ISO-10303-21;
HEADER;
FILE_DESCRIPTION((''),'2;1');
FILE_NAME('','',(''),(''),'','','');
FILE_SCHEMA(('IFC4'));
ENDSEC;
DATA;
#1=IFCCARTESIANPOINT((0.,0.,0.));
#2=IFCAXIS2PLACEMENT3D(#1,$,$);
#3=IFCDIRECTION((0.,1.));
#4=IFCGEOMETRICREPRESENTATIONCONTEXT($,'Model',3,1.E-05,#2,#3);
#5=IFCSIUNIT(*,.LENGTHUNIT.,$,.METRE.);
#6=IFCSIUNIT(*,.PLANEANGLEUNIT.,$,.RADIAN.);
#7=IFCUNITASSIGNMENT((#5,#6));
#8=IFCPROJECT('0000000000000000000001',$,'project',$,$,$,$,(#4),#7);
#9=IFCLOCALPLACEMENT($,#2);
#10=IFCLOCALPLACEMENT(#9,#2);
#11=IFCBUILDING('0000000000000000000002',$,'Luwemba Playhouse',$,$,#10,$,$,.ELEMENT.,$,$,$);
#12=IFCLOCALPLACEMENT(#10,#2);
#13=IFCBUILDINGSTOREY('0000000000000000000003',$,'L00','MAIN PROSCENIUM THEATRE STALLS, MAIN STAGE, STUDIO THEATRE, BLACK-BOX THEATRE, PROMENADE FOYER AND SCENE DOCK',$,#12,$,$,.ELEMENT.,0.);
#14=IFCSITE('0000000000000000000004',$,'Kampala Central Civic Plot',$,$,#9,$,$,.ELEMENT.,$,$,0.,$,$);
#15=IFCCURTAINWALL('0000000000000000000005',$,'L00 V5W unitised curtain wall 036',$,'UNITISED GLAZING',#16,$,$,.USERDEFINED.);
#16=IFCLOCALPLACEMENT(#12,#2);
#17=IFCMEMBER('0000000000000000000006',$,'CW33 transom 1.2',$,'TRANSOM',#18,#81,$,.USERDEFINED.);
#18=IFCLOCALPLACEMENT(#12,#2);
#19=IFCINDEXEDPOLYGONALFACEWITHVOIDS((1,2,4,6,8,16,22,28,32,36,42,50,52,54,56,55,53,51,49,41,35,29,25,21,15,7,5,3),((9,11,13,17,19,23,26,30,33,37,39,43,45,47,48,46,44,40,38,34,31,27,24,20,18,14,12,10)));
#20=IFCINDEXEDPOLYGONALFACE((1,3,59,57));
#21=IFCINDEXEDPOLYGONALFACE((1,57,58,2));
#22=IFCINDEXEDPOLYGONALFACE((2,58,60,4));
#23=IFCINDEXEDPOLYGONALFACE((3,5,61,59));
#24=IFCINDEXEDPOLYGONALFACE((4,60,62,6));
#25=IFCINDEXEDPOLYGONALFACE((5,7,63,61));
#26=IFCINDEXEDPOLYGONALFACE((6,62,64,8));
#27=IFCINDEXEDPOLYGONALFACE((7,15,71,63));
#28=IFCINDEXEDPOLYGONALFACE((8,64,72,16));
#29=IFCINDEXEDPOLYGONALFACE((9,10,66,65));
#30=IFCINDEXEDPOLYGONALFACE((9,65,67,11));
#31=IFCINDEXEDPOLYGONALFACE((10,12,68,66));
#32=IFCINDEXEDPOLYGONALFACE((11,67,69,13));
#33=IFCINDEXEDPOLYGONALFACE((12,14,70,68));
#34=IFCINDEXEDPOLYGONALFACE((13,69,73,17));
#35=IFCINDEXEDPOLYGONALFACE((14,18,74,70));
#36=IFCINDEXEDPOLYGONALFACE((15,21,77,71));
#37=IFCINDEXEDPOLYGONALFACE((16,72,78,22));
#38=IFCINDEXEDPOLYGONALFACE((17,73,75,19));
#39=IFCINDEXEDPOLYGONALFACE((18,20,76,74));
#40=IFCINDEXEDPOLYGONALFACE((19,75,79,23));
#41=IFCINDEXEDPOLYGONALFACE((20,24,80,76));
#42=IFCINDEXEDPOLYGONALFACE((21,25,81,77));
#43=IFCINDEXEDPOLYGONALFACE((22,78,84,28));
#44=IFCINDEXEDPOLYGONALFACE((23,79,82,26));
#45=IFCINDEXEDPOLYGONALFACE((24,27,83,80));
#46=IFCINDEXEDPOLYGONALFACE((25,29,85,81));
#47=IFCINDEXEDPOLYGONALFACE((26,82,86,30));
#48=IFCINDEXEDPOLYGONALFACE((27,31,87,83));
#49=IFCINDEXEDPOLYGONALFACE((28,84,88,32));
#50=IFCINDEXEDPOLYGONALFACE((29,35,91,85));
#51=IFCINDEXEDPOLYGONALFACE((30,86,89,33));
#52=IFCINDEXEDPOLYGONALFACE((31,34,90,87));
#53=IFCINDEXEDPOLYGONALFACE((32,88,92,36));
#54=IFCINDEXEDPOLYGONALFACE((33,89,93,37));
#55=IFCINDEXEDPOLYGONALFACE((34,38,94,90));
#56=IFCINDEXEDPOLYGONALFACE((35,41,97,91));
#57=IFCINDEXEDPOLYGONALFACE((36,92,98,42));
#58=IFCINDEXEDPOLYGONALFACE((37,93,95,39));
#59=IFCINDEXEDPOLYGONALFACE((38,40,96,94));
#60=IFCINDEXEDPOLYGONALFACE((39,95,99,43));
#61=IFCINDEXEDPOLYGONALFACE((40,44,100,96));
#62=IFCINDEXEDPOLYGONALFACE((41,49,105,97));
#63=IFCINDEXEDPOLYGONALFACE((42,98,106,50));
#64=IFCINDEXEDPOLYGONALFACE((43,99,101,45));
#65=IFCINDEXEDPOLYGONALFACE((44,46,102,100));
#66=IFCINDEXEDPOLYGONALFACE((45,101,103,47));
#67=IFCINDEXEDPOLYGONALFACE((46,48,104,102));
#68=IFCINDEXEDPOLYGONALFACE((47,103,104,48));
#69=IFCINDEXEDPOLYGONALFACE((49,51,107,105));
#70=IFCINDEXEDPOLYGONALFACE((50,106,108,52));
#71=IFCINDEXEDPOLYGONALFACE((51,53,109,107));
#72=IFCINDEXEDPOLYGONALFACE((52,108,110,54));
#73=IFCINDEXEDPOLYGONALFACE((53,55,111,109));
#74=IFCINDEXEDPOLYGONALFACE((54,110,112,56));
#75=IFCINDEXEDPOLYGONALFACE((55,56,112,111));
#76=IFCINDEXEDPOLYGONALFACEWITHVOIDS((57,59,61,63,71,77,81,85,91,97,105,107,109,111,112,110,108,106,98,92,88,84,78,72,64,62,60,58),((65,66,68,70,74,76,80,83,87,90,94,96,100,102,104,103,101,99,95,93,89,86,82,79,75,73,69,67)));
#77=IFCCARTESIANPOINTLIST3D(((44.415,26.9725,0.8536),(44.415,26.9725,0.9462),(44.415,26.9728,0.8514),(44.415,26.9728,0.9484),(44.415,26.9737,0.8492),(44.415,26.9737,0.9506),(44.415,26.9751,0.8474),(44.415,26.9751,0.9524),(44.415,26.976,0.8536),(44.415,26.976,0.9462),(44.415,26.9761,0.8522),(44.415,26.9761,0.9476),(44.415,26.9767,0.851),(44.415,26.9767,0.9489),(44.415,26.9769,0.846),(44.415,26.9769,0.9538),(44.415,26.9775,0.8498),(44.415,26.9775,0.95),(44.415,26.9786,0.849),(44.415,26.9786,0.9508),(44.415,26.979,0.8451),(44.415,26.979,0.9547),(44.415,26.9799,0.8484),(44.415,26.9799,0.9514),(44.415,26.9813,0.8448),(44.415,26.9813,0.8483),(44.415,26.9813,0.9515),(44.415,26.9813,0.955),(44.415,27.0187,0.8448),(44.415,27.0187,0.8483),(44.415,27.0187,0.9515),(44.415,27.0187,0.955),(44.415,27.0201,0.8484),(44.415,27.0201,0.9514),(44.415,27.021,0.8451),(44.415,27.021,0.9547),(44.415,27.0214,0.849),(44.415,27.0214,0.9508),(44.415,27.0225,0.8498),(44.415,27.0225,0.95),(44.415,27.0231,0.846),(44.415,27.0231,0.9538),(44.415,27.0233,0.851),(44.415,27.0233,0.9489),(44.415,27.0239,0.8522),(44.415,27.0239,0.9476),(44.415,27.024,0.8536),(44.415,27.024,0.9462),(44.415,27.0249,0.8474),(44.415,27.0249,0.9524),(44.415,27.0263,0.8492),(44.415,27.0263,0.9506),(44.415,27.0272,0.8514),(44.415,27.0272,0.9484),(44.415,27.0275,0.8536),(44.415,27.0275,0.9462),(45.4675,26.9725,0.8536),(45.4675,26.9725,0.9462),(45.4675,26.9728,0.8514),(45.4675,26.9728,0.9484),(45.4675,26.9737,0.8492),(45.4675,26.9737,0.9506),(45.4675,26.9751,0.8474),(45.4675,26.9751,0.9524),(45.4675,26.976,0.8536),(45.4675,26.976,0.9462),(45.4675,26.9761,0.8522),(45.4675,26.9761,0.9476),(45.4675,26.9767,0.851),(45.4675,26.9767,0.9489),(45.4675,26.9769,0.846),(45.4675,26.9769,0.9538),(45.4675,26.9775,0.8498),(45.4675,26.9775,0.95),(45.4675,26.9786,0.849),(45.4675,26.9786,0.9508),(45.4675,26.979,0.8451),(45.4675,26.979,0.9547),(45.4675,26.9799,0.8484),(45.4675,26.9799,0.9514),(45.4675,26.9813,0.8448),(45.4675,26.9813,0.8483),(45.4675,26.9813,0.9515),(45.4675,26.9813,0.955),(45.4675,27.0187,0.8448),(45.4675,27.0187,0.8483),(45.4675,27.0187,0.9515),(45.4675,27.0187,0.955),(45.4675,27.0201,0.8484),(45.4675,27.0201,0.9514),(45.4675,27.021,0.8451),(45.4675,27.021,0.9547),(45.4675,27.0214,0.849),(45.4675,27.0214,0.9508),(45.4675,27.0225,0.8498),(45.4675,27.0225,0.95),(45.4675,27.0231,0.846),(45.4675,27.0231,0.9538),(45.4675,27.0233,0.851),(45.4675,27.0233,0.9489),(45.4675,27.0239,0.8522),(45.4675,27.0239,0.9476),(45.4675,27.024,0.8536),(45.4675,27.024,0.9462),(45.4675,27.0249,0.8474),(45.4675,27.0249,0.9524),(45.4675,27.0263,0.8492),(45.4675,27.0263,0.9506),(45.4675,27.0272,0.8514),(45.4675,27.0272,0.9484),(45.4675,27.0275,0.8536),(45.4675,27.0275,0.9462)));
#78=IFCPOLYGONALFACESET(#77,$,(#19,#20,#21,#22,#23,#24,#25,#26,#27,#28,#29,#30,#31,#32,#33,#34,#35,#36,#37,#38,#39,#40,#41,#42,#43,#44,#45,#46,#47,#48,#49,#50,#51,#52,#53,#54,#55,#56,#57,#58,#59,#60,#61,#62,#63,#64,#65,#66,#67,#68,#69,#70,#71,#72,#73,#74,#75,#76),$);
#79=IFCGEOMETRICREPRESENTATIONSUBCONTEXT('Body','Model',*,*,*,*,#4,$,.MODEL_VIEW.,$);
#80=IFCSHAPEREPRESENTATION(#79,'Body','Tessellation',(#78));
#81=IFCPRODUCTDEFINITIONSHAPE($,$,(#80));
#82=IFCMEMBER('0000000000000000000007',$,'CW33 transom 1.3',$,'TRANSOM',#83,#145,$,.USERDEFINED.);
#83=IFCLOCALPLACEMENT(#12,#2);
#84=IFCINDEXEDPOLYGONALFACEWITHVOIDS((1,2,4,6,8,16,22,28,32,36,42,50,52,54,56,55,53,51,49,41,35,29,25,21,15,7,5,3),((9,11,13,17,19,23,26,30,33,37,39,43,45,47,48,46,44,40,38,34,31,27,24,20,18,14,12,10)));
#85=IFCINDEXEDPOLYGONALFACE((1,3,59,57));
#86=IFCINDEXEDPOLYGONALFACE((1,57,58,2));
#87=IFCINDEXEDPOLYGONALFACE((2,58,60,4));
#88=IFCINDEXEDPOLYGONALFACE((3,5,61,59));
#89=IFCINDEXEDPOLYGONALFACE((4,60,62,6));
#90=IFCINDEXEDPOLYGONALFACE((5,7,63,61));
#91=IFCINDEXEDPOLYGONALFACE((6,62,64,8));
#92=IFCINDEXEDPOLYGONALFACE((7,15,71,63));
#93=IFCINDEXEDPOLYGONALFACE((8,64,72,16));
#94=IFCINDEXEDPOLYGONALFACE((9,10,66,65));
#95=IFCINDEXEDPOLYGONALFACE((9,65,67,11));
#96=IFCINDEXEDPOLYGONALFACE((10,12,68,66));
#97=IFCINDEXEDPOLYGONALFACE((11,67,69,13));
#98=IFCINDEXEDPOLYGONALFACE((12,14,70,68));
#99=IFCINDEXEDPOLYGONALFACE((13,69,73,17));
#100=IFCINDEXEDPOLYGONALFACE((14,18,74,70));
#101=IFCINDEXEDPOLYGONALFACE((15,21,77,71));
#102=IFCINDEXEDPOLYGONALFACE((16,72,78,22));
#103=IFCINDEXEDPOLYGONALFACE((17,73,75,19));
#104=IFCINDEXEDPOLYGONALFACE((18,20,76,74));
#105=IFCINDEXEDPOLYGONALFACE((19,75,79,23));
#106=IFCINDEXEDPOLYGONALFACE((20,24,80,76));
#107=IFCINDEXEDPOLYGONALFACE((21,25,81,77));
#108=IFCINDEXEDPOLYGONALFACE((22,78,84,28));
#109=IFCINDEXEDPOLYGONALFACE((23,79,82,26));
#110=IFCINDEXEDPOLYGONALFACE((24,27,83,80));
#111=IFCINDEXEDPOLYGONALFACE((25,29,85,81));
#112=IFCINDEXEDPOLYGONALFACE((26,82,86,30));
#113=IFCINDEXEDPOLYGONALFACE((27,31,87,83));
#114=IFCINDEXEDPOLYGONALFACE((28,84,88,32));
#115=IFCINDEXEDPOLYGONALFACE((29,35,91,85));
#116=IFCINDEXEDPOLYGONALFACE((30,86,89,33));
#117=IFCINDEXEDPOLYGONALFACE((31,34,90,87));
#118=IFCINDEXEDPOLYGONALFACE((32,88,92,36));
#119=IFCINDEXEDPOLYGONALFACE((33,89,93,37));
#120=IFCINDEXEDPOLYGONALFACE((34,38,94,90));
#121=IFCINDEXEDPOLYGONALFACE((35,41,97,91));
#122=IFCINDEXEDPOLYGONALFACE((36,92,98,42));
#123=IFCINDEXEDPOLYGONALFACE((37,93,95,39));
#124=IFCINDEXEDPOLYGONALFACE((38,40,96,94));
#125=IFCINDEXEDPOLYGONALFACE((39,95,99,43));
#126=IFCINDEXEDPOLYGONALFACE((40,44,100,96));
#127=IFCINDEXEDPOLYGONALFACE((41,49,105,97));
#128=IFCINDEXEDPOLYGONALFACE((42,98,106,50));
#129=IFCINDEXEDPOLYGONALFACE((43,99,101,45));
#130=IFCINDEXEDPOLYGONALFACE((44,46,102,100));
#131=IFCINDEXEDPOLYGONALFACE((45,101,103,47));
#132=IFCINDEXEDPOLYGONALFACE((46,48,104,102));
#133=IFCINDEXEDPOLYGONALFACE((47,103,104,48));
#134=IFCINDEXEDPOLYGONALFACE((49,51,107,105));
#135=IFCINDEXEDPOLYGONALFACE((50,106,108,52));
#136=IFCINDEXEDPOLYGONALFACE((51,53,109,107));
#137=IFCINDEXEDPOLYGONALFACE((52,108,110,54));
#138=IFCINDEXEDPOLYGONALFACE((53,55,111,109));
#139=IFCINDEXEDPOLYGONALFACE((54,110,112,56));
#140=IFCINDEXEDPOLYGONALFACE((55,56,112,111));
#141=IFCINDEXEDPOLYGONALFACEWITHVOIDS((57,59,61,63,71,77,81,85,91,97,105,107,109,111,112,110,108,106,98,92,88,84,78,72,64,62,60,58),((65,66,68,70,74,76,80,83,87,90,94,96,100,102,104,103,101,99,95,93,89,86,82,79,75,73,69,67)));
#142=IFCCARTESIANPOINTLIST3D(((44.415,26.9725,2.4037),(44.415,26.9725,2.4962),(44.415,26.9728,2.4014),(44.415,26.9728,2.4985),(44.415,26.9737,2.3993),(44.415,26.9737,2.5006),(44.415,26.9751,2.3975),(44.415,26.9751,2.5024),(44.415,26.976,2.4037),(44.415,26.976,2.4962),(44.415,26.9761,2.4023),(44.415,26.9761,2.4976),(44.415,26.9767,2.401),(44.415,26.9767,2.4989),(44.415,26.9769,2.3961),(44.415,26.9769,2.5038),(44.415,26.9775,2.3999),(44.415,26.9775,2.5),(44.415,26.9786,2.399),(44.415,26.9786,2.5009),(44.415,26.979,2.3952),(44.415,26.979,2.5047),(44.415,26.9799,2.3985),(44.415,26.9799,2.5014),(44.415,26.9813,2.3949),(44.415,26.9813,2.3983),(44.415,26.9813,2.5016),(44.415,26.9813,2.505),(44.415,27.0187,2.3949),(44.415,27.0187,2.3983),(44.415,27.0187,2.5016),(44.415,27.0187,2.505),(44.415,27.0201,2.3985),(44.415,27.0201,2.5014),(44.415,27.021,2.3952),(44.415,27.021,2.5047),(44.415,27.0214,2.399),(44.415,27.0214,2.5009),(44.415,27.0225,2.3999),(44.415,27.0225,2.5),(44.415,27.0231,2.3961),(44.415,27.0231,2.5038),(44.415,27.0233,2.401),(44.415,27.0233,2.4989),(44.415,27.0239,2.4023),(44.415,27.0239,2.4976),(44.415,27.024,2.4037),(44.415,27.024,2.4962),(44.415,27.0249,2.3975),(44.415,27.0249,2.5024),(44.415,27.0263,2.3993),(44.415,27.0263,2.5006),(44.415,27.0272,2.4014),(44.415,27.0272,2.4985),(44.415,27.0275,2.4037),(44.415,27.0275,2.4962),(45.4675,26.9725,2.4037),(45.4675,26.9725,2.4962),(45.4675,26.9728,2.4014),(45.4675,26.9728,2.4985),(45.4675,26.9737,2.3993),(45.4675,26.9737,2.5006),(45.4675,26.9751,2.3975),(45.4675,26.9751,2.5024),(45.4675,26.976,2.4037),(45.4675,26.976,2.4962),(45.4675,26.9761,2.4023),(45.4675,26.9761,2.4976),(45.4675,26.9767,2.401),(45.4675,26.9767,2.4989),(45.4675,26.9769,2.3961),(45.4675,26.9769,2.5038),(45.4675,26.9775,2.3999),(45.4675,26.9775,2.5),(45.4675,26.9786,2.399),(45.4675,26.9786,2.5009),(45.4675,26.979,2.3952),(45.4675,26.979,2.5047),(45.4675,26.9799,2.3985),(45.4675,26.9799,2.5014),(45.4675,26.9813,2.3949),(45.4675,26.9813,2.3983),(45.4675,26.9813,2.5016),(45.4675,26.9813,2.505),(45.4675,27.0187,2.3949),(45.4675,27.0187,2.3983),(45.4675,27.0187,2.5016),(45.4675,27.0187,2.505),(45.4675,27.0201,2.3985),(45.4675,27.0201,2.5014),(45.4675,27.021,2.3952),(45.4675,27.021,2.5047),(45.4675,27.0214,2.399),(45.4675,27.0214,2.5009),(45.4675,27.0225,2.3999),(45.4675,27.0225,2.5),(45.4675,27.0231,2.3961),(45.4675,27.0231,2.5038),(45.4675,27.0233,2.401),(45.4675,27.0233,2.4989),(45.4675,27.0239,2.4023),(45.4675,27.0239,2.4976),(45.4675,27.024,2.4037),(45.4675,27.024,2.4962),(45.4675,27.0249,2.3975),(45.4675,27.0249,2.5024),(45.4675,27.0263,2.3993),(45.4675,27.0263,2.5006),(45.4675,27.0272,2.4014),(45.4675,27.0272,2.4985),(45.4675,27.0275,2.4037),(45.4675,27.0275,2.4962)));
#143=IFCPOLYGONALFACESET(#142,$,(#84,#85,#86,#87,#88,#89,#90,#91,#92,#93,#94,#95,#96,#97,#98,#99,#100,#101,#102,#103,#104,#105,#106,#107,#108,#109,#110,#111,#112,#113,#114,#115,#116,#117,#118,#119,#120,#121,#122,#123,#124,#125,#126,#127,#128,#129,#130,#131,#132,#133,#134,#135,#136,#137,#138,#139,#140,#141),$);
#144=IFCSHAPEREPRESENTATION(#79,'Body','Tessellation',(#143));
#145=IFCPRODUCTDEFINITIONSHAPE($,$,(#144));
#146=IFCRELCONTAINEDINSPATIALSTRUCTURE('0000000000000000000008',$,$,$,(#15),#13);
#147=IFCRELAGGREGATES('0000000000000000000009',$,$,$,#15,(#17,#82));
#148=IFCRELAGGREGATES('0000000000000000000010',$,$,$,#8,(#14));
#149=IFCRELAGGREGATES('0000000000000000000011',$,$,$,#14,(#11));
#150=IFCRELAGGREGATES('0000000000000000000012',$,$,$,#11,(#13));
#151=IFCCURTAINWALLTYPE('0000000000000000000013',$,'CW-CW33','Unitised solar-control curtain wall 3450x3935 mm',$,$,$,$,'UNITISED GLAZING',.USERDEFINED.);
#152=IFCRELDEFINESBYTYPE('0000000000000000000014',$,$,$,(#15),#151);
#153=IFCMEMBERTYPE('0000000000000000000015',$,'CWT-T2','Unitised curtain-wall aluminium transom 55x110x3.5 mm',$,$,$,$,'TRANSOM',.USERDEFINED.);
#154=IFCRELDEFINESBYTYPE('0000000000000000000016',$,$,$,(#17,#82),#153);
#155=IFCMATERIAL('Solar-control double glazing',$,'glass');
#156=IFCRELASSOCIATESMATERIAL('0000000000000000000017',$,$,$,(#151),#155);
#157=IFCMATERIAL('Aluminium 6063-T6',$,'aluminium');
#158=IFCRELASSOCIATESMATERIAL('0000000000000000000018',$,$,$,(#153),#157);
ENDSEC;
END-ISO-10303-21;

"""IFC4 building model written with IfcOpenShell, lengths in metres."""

from ifc_helpers import new_model, si_unit, direction, frame, origin, origin_2d, place, context, subcontext, project, spatial, hollow_rectangle, extrude, material, material_profile, profile_set, type_object, element, aggregate, save


model = new_model("IFC4")

# Units and contexts
model_context = context("Model", 3, precision=1e-05, world=origin(), true_north=direction((0.0, 1.0)))
body_context = subcontext(model_context, "Body", "Model", "MODEL_VIEW")
ifc_project = project(units=[si_unit("LENGTHUNIT", "METRE"), si_unit("PLANEANGLEUNIT", "RADIAN")], contexts=[model_context])

# Site, building, storey
site_placement = place(None, origin())
site = spatial("IfcSite", under=ifc_project, at=site_placement, Name="Kampala Central Civic Plot", CompositionType="ELEMENT", RefElevation=0.0)
building_placement = place(site_placement, origin())
building = spatial("IfcBuilding", under=site, at=building_placement, Name="Luwemba Playhouse", CompositionType="ELEMENT")
storey_placement = place(building_placement, origin())
storey = spatial("IfcBuildingStorey", under=building, at=storey_placement, Name="L00", Description="MAIN PROSCENIUM THEATRE STALLS, MAIN STAGE, STUDIO THEATRE, BLACK-BOX THEATRE, PROMENADE FOYER AND SCENE DOCK", CompositionType="ELEMENT", Elevation=0.0)

# Curtain wall, members
ifc_material_1 = material(Name="Solar-control double glazing", Category="glass")
curtain_wall_type = type_object("IfcCurtainWallType", Name="CW-CW33", Description="Unitised solar-control curtain wall 3450x3935 mm", ElementType="UNITISED GLAZING", PredefinedType="USERDEFINED", material=ifc_material_1)
curtain_wall_placement = place(storey_placement, origin())
curtain_wall = element("IfcCurtainWall", 1, at=curtain_wall_placement, inside=storey, type_object=curtain_wall_type, Name="L00 V5W unitised curtain wall 036", ObjectType="UNITISED GLAZING", PredefinedType="USERDEFINED")
ifc_material_2 = material(Name="Aluminium 6063-T6", Category="aluminium")
ifc_material_profile_1 = material_profile(ifc_material_2, hollow_rectangle(XDim=0.0549, YDim=0.1101, WallThickness=0.0034, InnerFilletRadius=0.0054, OuterFilletRadius=0.0088, at=origin_2d()))
ifc_profile_set_1 = profile_set([ifc_material_profile_1], Name="Aluminium 6063-T6")
member_type_1 = type_object("IfcMemberType", Name="CWT-T2", Description="Unitised curtain-wall aluminium transom 55x110x3.5 mm", ElementType="TRANSOM", PredefinedType="USERDEFINED", material=ifc_profile_set_1)
member_1_placement = place(storey_placement, frame((44.415, 27.0, 0.8999), z_axis=(1.0, 0.0, 0.0), x_axis=(0.0, 1.0, 0.0)))
member_1 = element("IfcMember", 2, at=member_1_placement, type_object=member_type_1, Name="CW33 transom 1.2", ObjectType="TRANSOM", PredefinedType="USERDEFINED", context=body_context, shape_type="SweptSolid", body=[
    extrude(hollow_rectangle(XDim=0.0549, YDim=0.1101, WallThickness=0.0034, InnerFilletRadius=0.0054, OuterFilletRadius=0.0088, at=origin_2d()), origin(), (0.0, 0.0, 1.0), 1.0525),
])
member_2_placement = place(storey_placement, frame((44.415, 27.0, 2.45), z_axis=(1.0, 0.0, 0.0), x_axis=(0.0, 1.0, 0.0)))
member_2 = element("IfcMember", 3, at=member_2_placement, type_object=member_type_1, Name="CW33 transom 1.3", ObjectType="TRANSOM", PredefinedType="USERDEFINED", context=body_context, shape_type="SweptSolid", body=[
    extrude(hollow_rectangle(XDim=0.0549, YDim=0.1101, WallThickness=0.0034, InnerFilletRadius=0.0054, OuterFilletRadius=0.0088, at=origin_2d()), origin(), (0.0, 0.0, 1.0), 1.0525),
])
aggregate(curtain_wall, [member_1, member_2])

save(model, "model.ifc")
